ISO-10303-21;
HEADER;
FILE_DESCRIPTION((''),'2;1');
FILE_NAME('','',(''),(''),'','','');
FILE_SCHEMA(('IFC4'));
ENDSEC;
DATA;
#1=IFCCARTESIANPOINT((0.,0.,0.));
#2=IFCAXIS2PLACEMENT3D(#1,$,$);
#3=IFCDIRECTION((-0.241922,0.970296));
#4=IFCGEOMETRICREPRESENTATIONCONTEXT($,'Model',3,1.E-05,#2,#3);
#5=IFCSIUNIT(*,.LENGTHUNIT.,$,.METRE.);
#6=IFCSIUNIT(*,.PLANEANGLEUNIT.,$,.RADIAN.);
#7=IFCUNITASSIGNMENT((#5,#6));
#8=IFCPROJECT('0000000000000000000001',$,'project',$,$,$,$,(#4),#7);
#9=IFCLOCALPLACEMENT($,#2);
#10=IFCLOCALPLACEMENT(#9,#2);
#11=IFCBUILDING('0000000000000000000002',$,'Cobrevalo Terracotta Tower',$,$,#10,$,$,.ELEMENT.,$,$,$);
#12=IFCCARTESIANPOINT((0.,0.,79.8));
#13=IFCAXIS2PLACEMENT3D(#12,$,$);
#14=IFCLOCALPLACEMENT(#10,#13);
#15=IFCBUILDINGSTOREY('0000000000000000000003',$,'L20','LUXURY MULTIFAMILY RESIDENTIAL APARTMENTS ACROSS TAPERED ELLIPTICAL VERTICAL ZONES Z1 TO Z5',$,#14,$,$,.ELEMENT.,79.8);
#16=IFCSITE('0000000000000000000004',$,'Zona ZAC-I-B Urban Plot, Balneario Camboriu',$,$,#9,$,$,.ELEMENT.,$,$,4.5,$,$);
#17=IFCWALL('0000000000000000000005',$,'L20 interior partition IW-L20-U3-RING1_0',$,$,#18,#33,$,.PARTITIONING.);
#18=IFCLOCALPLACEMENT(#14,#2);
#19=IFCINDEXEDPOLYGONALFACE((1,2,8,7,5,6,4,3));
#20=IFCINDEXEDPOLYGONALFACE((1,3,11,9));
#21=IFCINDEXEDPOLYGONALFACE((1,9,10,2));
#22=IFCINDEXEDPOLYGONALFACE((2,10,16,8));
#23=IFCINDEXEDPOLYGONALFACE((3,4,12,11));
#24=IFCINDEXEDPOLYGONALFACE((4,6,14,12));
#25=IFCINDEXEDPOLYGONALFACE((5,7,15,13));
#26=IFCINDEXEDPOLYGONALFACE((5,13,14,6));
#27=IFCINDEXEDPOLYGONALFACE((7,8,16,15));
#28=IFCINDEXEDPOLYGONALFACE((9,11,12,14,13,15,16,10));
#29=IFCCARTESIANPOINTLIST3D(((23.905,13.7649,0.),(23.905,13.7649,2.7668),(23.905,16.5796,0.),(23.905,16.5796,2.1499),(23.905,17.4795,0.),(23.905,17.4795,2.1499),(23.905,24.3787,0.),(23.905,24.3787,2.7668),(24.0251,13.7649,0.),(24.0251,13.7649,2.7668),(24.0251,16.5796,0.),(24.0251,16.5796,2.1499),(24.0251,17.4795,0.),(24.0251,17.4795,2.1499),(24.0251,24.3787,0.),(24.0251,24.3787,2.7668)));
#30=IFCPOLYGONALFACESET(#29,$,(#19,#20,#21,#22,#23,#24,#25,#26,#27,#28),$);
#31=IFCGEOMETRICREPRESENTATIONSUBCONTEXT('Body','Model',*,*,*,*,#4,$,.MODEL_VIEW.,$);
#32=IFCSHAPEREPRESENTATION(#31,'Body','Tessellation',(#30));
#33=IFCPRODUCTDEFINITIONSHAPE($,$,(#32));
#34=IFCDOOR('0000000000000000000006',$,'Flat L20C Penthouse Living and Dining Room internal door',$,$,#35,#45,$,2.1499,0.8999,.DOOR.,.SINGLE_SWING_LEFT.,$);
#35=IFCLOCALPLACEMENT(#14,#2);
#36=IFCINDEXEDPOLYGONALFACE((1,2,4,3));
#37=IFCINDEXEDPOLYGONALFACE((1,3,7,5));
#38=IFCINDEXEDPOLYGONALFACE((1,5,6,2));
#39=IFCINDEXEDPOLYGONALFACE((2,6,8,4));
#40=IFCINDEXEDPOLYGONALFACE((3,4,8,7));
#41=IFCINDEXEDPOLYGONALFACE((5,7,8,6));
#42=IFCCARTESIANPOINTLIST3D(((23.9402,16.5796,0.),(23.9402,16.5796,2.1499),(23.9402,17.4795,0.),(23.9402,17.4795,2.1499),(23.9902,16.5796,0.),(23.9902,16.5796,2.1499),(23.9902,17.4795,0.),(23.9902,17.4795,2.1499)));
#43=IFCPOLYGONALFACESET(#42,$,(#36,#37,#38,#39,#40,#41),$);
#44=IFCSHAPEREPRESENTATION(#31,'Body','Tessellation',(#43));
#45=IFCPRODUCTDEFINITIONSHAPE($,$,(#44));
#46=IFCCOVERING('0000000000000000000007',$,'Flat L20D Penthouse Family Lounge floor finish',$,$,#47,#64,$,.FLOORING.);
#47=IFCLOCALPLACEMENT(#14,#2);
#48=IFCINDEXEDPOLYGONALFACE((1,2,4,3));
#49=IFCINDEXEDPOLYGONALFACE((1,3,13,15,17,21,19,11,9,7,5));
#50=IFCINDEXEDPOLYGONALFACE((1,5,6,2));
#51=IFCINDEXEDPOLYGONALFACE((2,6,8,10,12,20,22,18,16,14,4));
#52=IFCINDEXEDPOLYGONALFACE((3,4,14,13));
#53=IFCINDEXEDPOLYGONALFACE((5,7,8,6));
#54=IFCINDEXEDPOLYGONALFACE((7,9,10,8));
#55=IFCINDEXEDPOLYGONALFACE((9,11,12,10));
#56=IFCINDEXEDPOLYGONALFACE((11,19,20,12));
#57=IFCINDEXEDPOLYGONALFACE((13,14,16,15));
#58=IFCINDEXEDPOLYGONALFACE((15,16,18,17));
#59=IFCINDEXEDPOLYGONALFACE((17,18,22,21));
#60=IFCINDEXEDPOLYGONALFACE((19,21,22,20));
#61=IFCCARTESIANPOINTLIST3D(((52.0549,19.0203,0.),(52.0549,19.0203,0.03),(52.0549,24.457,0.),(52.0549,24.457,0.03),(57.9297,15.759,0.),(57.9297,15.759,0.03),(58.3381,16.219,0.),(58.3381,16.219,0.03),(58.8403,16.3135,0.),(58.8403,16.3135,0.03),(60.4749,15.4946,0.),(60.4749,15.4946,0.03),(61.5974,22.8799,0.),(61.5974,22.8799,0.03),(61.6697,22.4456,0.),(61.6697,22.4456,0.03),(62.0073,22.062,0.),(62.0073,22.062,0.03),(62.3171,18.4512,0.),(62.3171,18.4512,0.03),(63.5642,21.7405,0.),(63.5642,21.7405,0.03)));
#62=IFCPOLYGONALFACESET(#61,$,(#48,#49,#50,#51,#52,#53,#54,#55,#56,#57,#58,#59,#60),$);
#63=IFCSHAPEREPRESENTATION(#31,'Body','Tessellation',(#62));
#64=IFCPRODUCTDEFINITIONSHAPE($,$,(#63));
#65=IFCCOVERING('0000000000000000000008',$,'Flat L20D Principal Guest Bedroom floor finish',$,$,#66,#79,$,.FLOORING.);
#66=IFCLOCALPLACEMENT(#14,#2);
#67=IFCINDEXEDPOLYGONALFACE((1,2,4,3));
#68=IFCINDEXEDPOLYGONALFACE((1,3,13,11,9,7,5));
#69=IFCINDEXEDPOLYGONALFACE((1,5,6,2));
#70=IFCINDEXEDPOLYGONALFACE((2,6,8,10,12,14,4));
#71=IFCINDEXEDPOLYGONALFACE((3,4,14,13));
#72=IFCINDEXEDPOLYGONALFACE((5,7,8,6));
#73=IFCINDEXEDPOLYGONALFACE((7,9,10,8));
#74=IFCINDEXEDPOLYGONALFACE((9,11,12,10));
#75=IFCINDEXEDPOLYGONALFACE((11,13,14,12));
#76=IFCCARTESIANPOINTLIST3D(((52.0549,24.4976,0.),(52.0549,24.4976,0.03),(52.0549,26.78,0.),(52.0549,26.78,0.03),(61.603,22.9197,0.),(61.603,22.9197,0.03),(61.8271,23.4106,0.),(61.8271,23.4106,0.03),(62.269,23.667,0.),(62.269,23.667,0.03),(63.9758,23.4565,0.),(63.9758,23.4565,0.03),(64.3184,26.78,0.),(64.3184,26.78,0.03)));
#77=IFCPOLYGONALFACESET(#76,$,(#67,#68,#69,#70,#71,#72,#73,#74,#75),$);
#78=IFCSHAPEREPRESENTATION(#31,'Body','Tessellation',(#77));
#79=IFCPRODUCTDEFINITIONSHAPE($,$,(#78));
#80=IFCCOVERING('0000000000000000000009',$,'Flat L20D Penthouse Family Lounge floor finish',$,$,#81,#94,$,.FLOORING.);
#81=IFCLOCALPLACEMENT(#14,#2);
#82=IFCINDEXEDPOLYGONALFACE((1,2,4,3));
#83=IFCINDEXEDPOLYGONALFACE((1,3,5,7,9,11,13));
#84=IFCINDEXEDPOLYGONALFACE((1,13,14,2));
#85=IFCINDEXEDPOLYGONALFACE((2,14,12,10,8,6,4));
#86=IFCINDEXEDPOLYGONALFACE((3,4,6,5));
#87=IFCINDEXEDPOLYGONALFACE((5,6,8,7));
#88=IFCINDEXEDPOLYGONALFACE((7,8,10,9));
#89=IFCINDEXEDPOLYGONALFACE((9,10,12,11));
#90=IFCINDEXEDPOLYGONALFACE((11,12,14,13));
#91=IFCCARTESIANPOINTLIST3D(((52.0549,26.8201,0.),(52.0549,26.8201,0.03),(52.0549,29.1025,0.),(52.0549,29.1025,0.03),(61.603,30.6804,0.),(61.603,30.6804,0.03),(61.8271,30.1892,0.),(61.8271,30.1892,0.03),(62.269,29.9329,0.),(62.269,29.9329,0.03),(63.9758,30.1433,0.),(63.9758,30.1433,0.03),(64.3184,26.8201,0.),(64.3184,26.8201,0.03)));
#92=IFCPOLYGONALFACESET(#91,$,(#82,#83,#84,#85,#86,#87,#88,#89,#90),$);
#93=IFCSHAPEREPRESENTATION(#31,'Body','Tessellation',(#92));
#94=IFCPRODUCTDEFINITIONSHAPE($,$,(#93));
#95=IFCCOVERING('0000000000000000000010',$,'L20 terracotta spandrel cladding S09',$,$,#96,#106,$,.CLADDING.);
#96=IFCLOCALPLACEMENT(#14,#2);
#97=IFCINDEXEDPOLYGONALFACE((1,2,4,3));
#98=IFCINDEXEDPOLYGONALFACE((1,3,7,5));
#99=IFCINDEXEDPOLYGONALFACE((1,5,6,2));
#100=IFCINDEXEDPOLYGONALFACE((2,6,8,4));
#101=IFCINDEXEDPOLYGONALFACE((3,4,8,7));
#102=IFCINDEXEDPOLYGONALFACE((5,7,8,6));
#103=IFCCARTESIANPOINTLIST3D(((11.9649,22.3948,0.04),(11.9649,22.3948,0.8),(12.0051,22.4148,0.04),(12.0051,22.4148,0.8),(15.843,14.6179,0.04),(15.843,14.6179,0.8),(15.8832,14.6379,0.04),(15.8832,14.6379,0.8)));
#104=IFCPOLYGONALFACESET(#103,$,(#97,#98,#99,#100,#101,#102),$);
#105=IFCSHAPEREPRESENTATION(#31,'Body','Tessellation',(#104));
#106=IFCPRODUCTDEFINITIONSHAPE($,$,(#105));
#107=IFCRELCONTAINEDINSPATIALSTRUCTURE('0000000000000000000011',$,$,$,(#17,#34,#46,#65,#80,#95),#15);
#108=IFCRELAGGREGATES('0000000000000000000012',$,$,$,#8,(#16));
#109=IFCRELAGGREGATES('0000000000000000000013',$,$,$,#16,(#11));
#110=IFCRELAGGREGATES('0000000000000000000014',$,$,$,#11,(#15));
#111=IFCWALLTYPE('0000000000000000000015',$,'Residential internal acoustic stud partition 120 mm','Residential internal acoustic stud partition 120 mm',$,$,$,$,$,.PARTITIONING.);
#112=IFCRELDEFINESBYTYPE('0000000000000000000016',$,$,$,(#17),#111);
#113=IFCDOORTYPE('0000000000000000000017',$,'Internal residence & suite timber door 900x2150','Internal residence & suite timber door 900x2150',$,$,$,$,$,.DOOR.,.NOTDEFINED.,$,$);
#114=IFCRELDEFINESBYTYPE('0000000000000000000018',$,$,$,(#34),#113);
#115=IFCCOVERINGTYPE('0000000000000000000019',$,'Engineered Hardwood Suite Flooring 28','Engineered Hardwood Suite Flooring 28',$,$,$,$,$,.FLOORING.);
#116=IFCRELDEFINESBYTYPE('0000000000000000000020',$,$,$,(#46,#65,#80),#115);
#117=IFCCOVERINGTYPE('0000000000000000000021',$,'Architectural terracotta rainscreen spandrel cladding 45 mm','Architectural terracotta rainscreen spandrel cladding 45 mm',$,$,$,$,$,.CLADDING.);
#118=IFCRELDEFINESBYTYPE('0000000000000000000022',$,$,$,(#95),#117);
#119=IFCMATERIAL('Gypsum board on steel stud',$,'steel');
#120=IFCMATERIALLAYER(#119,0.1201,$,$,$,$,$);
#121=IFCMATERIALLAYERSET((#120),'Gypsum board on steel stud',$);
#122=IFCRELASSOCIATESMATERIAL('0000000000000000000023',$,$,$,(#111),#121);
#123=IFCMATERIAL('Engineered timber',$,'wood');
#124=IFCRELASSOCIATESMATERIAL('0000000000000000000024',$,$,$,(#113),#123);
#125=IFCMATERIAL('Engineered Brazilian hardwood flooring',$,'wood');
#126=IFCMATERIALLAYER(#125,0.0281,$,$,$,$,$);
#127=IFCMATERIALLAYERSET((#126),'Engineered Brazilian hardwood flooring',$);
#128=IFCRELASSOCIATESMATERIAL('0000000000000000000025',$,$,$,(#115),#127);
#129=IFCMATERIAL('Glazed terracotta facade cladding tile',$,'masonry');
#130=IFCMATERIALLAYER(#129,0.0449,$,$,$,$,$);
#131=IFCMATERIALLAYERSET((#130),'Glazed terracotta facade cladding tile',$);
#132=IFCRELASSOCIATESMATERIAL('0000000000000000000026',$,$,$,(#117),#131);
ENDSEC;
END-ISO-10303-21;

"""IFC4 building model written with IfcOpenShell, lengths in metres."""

from ifc_helpers import new_model, si_unit, direction, frame, frame_2d, origin, origin_2d, place, context, subcontext, project, spatial, polyline, rectangle, outline, extrude, source, transform, mapped, material, layer, layer_set, type_object, element, fill, save


model = new_model("IFC4")

# Units and contexts
model_context = context("Model", 3, precision=1e-05, world=origin(), true_north=direction((-0.241922, 0.970296)))
body_context = subcontext(model_context, "Body", "Model", "MODEL_VIEW")
ifc_project = project(units=[si_unit("LENGTHUNIT", "METRE"), si_unit("PLANEANGLEUNIT", "RADIAN")], contexts=[model_context])

# Site, building, storey
site_placement = place(None, origin())
site = spatial("IfcSite", under=ifc_project, at=site_placement, Name="Zona ZAC-I-B Urban Plot, Balneario Camboriu", CompositionType="ELEMENT", RefElevation=4.5)
building_placement = place(site_placement, origin())
building = spatial("IfcBuilding", under=site, at=building_placement, Name="Cobrevalo Terracotta Tower", CompositionType="ELEMENT")
storey_placement = place(building_placement, frame((0.0, 0.0, 79.8)))
storey = spatial("IfcBuildingStorey", under=building, at=storey_placement, Name="L20", Description="LUXURY MULTIFAMILY RESIDENTIAL APARTMENTS ACROSS TAPERED ELLIPTICAL VERTICAL ZONES Z1 TO Z5", CompositionType="ELEMENT", Elevation=79.8)

# Wall, opening, door
ifc_material_1 = material(Name="Gypsum board on steel stud", Category="steel")
ifc_layer_1 = layer(ifc_material_1, 0.1201)
ifc_layer_set_1 = layer_set([ifc_layer_1], Name="Gypsum board on steel stud")
wall_type_1 = type_object("IfcWallType", Name="Residential internal acoustic stud partition 120 mm", Description="Residential internal acoustic stud partition 120 mm", PredefinedType="PARTITIONING", material=ifc_layer_set_1)
wall_1_placement = place(storey_placement, frame((23.9651, 13.7649, 0.0), z_axis=(0.0, 0.0, 1.0), x_axis=(0.0, 1.0, 0.0)))
wall_1 = element("IfcWall", 1, at=wall_1_placement, inside=storey, type_object=wall_type_1, Name="L20 interior partition IW-L20-U3-RING1_0", PredefinedType="PARTITIONING", context=body_context, shape_type="SweptSolid", body=[
    extrude(rectangle(XDim=10.6138, YDim=0.1201, at=frame_2d((5.3069, 0.0))), origin(), (0.0, 0.0, 1.0), 2.7668),
])
opening_1_placement = place(wall_1_placement, frame((2.8147, 0.0, 0.0)))
opening_1 = element("IfcOpeningElement", 2, at=opening_1_placement, cuts=wall_1, PredefinedType="OPENING", context=body_context, shape_type="SweptSolid", body=[
    extrude(rectangle(XDim=0.8999, YDim=2.1499, at=frame_2d((0.45, 1.075))), frame((0.0, 0.0701, 0.0), z_axis=(0.0, -1.0, 0.0), x_axis=(1.0, 0.0, 0.0)), (0.0, 0.0, 1.0), 0.1401),
])
ifc_material_2 = material(Name="Engineered timber", Category="wood")
door_type_1 = type_object("IfcDoorType", Name="Internal residence & suite timber door 900x2150", Description="Internal residence & suite timber door 900x2150", OperationType="NOTDEFINED", PredefinedType="DOOR", material=ifc_material_2)
shared_shape_1 = source(origin(), body_context, "Body", "SweptSolid", [
    extrude(rectangle(XDim=0.8999, YDim=2.1499, at=frame_2d((0.45, 1.075))), frame((0.0, 0.0249, 0.0), z_axis=(0.0, -1.0, 0.0), x_axis=(1.0, 0.0, 0.0)), (0.0, 0.0, 1.0), 0.05),
])
door_1_placement = place(opening_1_placement, origin())
door_1 = element("IfcDoor", 3, at=door_1_placement, inside=storey, type_object=door_type_1, Name="Flat L20C Penthouse Living and Dining Room internal door", OperationType="SINGLE_SWING_LEFT", OverallHeight=2.1499, OverallWidth=0.8999, PredefinedType="DOOR", context=body_context, shape_type="MappedRepresentation", body=[
    mapped(shared_shape_1, transform((0.0, 0.0, 0.0), scale=1.0)),
])
fill(opening_1, door_1)

# Coverings
ifc_material_3 = material(Name="Engineered Brazilian hardwood flooring", Category="wood")
ifc_layer_2 = layer(ifc_material_3, 0.0281)
ifc_layer_set_2 = layer_set([ifc_layer_2], Name="Engineered Brazilian hardwood flooring")
covering_type_1 = type_object("IfcCoveringType", Name="Engineered Hardwood Suite Flooring 28", Description="Engineered Hardwood Suite Flooring 28", PredefinedType="FLOORING", material=ifc_layer_set_2)
covering_1_placement = place(storey_placement, origin())
element("IfcCovering", 4, at=covering_1_placement, inside=storey, type_object=covering_type_1, Name="Flat L20D Penthouse Family Lounge floor finish", PredefinedType="FLOORING", context=body_context, shape_type="SweptSolid", body=[
    extrude(outline(polyline([(60.4749, 15.4946), (58.8403, 16.3135), (58.3381, 16.219), (57.9297, 15.759), (52.0549, 19.0203), (52.0549, 24.457), (61.5974, 22.8799), (61.6697, 22.4456), (62.0073, 22.062), (63.5642, 21.7405), (62.3171, 18.4512), (60.4749, 15.4946)])), origin(), (0.0, 0.0, 1.0), 0.03),
])
covering_2_placement = place(storey_placement, origin())
element("IfcCovering", 5, at=covering_2_placement, inside=storey, type_object=covering_type_1, Name="Flat L20D Principal Guest Bedroom floor finish", PredefinedType="FLOORING", context=body_context, shape_type="SweptSolid", body=[
    extrude(outline(polyline([(64.3184, 26.78), (63.9758, 23.4565), (62.269, 23.667), (61.8271, 23.4106), (61.603, 22.9197), (52.0549, 24.4976), (52.0549, 26.78), (64.3184, 26.78)])), origin(), (0.0, 0.0, 1.0), 0.03),
])
covering_3_placement = place(storey_placement, origin())
element("IfcCovering", 6, at=covering_3_placement, inside=storey, type_object=covering_type_1, Name="Flat L20D Penthouse Family Lounge floor finish", PredefinedType="FLOORING", context=body_context, shape_type="SweptSolid", body=[
    extrude(outline(polyline([(61.603, 30.6804), (61.8271, 30.1892), (62.269, 29.9329), (63.9758, 30.1433), (64.3184, 26.8201), (52.0549, 26.8201), (52.0549, 29.1025), (61.603, 30.6804)])), origin(), (0.0, 0.0, 1.0), 0.03),
])
ifc_material_4 = material(Name="Glazed terracotta facade cladding tile", Category="masonry")
ifc_layer_3 = layer(ifc_material_4, 0.0449)
ifc_layer_set_3 = layer_set([ifc_layer_3], Name="Glazed terracotta facade cladding tile")
covering_type_2 = type_object("IfcCoveringType", Name="Architectural terracotta rainscreen spandrel cladding 45 mm", Description="Architectural terracotta rainscreen spandrel cladding 45 mm", PredefinedType="CLADDING", material=ifc_layer_set_3)
shared_shape_2 = source(origin(), body_context, "Body", "SweptSolid", [
    extrude(rectangle(XDim=8.6902, YDim=0.0449, at=origin_2d()), origin(), (0.0, 0.0, 1.0), 0.76),
])
covering_4_placement = place(storey_placement, frame((13.9241, 18.5164, 0.04), z_axis=(0.0, 0.0, 1.0), x_axis=(0.446262, -0.894902, 0.0)))
element("IfcCovering", 7, at=covering_4_placement, inside=storey, type_object=covering_type_2, Name="L20 terracotta spandrel cladding S09", PredefinedType="CLADDING", context=body_context, shape_type="MappedRepresentation", body=[
    mapped(shared_shape_2, transform((0.0, 0.0, 0.0), scale=1.0)),
])

save(model, "model.ifc")
